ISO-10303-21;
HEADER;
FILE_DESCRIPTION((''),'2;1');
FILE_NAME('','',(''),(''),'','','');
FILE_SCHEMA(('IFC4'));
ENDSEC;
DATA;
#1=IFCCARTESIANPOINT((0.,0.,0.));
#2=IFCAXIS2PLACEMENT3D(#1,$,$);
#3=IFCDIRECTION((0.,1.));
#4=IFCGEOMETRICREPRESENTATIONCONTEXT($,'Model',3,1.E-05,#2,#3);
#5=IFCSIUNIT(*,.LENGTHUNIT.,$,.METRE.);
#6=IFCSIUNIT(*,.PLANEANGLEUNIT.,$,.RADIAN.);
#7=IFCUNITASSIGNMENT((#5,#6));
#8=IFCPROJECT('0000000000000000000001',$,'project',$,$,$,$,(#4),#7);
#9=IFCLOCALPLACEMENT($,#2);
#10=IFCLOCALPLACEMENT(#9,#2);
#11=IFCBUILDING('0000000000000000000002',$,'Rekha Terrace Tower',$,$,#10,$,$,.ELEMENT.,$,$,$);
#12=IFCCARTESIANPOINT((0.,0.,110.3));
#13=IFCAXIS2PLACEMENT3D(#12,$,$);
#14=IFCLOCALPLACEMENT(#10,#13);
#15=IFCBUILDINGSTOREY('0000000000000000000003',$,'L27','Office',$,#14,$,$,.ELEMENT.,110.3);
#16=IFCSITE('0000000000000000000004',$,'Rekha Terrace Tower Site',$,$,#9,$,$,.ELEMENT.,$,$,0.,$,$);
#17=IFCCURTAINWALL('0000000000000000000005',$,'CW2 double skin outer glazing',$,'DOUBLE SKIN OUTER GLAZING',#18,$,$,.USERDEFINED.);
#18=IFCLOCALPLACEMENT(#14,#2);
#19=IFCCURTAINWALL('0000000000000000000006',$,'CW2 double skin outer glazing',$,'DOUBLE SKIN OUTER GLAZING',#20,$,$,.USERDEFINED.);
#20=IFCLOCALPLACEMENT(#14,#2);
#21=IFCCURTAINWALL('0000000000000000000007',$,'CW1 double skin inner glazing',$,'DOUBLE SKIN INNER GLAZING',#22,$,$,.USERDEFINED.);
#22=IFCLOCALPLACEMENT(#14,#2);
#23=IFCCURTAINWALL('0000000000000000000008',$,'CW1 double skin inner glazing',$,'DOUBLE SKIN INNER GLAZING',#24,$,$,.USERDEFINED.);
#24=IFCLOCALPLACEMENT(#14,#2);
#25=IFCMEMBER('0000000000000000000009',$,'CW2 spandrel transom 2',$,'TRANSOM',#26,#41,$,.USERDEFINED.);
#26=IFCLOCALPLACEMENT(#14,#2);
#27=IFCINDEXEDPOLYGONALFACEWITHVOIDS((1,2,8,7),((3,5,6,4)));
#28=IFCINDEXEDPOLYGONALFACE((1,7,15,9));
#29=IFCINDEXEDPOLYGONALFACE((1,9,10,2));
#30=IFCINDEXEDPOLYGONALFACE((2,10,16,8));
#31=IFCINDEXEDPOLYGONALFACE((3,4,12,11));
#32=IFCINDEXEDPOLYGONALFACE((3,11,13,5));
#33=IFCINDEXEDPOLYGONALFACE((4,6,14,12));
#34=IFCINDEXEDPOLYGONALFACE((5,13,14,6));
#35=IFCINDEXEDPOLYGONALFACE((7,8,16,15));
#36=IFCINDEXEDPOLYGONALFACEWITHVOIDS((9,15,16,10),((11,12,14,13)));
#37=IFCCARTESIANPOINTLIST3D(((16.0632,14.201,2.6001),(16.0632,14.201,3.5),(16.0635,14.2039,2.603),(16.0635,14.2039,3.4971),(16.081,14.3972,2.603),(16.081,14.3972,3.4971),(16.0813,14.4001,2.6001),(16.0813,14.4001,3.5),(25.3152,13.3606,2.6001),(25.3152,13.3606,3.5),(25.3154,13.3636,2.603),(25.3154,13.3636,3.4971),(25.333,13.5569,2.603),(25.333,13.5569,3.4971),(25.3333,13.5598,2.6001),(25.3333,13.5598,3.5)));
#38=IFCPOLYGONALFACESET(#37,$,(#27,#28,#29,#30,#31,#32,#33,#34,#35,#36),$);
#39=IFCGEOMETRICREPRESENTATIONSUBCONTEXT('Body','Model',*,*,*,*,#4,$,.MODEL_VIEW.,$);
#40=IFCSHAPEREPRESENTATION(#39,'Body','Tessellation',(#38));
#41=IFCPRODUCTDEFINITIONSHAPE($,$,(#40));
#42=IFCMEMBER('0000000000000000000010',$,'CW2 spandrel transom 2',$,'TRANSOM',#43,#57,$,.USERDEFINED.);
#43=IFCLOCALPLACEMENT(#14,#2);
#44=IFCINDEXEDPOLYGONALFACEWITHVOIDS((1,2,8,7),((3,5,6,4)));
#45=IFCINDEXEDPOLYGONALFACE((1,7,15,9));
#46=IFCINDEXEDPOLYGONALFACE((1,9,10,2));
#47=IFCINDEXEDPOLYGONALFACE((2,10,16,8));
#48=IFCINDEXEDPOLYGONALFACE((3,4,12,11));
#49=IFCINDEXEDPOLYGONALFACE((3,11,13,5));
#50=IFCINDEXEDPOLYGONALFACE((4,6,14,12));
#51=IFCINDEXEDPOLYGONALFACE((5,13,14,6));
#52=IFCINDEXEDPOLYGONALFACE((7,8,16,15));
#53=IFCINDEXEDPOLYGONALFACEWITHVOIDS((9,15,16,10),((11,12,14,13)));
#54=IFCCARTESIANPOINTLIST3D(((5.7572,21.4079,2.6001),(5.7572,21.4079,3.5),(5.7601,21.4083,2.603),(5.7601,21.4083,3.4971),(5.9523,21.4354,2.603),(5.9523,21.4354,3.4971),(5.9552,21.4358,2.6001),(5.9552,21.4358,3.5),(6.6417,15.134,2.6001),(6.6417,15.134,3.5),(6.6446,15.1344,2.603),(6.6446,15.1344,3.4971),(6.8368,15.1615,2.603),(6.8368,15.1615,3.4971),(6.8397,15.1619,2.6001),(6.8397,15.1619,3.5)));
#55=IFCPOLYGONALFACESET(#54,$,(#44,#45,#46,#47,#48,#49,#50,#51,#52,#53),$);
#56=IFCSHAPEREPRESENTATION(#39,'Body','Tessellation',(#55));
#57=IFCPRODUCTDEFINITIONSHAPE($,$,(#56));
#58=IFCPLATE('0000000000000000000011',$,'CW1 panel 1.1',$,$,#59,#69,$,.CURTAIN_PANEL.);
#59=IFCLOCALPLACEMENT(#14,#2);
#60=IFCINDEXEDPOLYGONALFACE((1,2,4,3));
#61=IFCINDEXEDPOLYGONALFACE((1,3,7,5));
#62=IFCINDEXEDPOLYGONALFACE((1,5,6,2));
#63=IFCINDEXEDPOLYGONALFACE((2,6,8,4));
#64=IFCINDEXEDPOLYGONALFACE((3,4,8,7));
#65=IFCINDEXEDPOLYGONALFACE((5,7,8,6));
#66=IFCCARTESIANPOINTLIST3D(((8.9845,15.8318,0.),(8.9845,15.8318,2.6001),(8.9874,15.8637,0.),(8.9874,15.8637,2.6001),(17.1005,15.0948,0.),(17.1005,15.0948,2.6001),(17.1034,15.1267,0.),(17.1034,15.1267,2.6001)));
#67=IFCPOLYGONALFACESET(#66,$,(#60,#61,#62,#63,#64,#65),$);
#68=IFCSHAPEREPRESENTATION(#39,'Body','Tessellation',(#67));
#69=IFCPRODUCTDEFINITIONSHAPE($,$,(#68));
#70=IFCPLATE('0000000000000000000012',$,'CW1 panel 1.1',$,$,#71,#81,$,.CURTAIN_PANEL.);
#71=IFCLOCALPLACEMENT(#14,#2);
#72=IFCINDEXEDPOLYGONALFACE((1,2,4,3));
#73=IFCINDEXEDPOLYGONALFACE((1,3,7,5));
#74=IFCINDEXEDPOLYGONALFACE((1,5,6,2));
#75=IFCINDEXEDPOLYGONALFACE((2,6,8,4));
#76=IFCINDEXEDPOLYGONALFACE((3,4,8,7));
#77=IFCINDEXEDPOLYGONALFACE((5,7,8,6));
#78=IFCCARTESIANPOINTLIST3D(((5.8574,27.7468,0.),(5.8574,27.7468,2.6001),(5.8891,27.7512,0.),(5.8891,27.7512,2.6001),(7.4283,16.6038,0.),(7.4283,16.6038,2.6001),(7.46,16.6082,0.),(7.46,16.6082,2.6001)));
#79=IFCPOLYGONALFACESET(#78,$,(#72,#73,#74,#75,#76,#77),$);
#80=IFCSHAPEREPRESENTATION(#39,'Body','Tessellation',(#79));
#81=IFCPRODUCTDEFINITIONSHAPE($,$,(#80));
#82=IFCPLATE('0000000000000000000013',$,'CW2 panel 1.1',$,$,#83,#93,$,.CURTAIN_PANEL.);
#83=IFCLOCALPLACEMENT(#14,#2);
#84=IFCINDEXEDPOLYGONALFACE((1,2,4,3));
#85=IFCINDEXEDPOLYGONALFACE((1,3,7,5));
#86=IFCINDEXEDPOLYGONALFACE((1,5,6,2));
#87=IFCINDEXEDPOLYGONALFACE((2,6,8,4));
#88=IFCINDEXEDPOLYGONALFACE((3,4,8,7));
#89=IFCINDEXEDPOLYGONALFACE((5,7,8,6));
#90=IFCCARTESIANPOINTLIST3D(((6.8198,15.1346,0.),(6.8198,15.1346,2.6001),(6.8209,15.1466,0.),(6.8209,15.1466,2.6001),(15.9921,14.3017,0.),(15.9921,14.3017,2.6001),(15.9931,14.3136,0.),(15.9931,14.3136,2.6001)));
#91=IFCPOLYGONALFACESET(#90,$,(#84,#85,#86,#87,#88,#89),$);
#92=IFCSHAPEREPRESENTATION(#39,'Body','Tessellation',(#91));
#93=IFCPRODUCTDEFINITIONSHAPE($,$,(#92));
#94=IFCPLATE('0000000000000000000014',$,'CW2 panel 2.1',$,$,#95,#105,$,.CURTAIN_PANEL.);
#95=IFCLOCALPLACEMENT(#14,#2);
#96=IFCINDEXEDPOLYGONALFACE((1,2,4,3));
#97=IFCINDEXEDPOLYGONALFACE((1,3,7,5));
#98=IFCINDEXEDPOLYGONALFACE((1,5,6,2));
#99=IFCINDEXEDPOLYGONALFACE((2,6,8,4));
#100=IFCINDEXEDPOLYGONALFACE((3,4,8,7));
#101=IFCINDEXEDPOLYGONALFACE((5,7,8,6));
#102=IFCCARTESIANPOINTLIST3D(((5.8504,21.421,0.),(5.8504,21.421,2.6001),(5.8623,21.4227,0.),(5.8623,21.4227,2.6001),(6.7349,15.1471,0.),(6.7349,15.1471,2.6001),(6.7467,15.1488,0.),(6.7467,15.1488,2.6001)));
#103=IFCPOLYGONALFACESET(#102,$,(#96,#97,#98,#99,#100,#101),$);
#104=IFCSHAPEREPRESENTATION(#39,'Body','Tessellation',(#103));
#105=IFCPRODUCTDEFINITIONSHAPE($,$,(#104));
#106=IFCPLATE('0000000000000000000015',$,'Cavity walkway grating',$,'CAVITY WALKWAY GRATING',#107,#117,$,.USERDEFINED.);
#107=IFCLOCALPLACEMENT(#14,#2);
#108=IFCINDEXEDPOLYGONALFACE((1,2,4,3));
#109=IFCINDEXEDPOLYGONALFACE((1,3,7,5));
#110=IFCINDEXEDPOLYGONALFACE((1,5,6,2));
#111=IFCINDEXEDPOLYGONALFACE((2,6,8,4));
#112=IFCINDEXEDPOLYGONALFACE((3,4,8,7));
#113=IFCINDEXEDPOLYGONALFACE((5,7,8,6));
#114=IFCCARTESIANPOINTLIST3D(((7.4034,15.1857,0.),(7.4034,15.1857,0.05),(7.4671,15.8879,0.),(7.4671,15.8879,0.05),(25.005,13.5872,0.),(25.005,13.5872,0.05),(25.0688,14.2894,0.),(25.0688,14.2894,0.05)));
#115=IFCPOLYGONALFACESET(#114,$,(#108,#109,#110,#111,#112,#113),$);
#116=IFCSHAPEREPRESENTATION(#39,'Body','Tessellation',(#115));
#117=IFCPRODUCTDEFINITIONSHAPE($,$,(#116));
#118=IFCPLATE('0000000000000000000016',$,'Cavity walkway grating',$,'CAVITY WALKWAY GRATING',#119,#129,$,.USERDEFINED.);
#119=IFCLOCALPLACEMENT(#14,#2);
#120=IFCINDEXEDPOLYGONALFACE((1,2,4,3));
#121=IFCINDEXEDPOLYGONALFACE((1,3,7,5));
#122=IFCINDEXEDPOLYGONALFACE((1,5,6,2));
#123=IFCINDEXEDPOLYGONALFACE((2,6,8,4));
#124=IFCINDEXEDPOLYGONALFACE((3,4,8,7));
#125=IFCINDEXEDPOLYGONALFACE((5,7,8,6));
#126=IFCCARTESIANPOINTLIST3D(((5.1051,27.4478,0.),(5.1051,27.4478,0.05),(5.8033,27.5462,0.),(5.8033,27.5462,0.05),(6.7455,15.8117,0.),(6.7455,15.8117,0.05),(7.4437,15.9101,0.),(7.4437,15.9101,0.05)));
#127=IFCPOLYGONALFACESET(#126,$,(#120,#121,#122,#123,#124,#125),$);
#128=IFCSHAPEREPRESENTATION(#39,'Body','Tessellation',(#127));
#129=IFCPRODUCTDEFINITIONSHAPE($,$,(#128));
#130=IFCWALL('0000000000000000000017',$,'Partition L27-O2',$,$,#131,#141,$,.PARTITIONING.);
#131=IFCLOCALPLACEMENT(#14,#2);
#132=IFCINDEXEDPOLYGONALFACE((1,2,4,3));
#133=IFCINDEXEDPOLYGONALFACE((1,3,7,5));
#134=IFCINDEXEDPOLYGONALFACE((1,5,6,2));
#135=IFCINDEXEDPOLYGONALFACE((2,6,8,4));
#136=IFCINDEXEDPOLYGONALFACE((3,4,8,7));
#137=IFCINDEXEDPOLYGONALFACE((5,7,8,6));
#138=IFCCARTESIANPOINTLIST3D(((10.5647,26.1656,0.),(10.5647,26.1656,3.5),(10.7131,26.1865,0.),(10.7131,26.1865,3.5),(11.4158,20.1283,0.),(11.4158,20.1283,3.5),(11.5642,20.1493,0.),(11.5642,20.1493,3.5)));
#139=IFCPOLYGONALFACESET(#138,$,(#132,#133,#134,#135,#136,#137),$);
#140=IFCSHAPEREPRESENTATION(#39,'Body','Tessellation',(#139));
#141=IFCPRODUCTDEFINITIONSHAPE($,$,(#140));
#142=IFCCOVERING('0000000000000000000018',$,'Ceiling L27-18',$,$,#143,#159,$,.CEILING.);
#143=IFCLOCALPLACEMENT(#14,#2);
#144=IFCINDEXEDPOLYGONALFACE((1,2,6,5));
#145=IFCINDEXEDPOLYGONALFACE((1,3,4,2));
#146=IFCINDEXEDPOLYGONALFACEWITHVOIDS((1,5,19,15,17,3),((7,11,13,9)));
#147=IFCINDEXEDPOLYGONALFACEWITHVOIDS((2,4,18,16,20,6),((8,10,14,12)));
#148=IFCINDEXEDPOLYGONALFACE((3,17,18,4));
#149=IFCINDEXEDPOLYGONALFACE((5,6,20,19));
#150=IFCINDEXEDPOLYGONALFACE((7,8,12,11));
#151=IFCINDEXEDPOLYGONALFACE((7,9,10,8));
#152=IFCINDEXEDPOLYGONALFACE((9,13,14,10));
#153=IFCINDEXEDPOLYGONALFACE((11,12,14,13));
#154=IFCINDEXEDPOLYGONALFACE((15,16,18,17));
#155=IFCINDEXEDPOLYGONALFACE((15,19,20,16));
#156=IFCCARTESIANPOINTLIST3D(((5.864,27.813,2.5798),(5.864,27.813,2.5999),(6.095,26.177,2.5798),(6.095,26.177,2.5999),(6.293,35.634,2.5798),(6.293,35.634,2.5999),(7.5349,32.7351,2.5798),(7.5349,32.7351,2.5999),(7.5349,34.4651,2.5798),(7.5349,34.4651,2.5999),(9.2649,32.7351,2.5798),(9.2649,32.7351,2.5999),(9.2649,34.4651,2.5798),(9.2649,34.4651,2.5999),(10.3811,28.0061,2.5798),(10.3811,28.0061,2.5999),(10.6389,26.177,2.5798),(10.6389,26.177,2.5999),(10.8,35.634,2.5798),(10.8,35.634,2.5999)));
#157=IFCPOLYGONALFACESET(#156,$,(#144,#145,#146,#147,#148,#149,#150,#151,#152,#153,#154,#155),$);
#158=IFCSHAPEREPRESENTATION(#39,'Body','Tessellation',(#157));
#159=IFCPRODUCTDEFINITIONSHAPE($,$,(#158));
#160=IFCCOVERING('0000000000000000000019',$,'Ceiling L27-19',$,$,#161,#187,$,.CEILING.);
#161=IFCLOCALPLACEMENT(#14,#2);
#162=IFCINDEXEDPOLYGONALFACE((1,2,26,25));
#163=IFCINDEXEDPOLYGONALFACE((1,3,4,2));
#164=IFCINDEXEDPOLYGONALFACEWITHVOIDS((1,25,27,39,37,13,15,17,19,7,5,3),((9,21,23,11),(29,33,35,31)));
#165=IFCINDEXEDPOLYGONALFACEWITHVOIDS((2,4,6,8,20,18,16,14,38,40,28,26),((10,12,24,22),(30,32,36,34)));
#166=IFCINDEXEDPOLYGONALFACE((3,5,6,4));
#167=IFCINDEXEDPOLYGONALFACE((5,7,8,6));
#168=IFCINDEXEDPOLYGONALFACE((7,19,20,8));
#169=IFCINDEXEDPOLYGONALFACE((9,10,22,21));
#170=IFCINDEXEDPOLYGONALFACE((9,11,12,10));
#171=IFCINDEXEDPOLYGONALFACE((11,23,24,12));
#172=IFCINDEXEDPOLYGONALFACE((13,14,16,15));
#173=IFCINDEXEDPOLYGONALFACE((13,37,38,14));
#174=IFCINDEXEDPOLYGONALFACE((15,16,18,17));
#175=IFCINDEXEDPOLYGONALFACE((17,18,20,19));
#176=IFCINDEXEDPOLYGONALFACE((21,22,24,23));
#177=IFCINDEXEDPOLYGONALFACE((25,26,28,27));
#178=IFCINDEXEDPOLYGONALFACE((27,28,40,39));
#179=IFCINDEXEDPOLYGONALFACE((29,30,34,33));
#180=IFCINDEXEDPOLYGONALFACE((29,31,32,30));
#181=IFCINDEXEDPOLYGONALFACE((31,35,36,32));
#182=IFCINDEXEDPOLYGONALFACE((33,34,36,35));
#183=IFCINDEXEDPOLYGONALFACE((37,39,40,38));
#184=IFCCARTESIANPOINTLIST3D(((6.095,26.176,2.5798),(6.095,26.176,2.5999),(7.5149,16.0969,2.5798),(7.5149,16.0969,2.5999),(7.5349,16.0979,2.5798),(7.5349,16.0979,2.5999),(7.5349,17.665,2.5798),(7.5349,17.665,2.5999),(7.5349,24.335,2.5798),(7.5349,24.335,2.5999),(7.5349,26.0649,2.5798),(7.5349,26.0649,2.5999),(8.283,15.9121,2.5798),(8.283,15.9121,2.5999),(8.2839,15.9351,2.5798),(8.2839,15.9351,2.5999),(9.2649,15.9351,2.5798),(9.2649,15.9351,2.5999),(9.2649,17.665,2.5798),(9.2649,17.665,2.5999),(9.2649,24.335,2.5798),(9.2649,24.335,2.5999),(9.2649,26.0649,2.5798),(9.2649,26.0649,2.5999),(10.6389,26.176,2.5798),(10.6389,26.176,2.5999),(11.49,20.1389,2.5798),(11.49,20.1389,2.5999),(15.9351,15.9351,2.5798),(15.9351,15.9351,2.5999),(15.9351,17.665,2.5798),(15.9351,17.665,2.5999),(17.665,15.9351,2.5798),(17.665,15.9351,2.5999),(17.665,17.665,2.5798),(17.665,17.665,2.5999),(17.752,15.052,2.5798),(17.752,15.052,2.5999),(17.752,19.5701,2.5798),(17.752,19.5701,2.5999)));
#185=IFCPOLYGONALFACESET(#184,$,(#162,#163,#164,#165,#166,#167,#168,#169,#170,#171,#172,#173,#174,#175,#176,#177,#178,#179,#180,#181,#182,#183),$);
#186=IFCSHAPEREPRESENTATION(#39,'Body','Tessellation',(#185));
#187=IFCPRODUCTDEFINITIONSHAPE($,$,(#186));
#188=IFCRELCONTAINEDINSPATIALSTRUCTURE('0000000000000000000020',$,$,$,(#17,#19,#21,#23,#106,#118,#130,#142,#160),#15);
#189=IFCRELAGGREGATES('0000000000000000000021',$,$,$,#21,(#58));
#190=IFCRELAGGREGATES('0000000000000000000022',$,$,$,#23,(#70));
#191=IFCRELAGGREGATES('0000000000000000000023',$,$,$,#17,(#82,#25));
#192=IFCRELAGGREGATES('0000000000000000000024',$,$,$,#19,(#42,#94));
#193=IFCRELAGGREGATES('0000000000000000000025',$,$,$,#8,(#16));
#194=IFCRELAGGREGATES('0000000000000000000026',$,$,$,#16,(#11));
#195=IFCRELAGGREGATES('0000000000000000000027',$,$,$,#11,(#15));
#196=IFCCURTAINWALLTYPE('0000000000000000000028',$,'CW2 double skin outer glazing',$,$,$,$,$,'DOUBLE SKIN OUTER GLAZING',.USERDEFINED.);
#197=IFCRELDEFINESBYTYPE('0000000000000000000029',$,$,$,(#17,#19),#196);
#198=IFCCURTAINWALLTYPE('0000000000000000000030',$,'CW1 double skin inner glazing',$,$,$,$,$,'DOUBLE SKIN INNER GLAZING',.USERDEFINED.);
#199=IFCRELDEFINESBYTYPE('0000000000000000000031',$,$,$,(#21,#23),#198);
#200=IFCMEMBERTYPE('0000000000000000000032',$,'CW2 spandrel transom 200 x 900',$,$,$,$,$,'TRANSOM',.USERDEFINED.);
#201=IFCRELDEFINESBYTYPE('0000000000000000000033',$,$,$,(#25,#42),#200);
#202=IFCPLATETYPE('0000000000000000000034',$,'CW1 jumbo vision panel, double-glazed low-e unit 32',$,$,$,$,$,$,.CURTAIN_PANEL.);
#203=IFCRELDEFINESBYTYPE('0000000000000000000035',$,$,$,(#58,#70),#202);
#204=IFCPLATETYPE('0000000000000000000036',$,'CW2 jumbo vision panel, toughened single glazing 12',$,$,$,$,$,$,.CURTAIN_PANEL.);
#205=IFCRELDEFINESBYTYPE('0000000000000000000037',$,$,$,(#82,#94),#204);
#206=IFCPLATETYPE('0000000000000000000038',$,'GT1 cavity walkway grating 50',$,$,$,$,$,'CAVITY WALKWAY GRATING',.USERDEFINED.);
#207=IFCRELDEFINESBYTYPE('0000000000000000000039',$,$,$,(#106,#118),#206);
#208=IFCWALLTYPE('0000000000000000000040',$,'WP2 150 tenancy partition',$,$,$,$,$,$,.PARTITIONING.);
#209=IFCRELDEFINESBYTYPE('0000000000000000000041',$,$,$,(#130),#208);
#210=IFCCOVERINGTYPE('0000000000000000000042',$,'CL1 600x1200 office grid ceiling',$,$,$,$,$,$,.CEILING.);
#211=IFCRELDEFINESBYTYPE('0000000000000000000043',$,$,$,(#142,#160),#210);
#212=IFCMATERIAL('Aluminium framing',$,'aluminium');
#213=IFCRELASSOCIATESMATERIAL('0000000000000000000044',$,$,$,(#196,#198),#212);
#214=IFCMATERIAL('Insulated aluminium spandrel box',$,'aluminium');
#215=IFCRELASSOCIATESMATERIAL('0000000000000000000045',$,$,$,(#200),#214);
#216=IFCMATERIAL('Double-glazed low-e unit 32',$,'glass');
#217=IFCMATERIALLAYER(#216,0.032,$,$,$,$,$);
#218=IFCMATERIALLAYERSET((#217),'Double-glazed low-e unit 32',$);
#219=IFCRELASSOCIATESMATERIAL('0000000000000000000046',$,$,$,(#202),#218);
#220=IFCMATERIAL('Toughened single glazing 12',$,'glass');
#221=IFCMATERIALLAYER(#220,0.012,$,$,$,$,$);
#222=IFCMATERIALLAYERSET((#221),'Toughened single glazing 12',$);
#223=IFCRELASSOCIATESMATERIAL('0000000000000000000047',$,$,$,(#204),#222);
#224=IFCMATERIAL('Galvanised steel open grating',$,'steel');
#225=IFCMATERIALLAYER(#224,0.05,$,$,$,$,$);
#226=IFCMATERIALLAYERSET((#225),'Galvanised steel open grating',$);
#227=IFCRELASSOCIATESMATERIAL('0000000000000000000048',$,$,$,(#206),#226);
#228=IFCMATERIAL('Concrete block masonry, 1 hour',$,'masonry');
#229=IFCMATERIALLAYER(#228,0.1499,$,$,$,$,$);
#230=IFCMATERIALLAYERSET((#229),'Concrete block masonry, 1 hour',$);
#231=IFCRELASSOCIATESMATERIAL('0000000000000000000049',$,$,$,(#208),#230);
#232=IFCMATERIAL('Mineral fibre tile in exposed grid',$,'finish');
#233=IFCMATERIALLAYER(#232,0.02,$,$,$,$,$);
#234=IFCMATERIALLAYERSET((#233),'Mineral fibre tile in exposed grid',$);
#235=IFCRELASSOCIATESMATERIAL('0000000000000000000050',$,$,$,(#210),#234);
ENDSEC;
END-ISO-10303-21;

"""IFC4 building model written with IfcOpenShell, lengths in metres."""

from ifc_helpers import new_model, si_unit, direction, frame, frame_2d, origin, origin_2d, place, context, subcontext, project, spatial, polyline, rectangle, hollow_rectangle, outline, extrude, material, layer, layer_set, material_profile, profile_set, type_object, element, aggregate, save


model = new_model("IFC4")

# Units and contexts
model_context = context("Model", 3, precision=1e-05, world=origin(), true_north=direction((0.0, 1.0)))
body_context = subcontext(model_context, "Body", "Model", "MODEL_VIEW")
ifc_project = project(units=[si_unit("LENGTHUNIT", "METRE"), si_unit("PLANEANGLEUNIT", "RADIAN")], contexts=[model_context])

# Site, building, storey
site_placement = place(None, origin())
site = spatial("IfcSite", under=ifc_project, at=site_placement, Name="Rekha Terrace Tower Site", CompositionType="ELEMENT", RefElevation=0.0)
building_placement = place(site_placement, origin())
building = spatial("IfcBuilding", under=site, at=building_placement, Name="Rekha Terrace Tower", CompositionType="ELEMENT")
storey_placement = place(building_placement, frame((0.0, 0.0, 110.3)))
storey = spatial("IfcBuildingStorey", under=building, at=storey_placement, Name="L27", Description="Office", CompositionType="ELEMENT", Elevation=110.3)

# Curtain walls
ifc_material_1 = material(Name="Aluminium framing", Category="aluminium")
curtain_wall_type_1 = type_object("IfcCurtainWallType", Name="CW2 double skin outer glazing", ElementType="DOUBLE SKIN OUTER GLAZING", PredefinedType="USERDEFINED", material=ifc_material_1)
curtain_wall_1_placement = place(storey_placement, origin())
curtain_wall_1 = element("IfcCurtainWall", 1, at=curtain_wall_1_placement, inside=storey, type_object=curtain_wall_type_1, Name="CW2 double skin outer glazing", ObjectType="DOUBLE SKIN OUTER GLAZING", PredefinedType="USERDEFINED")
curtain_wall_2_placement = place(storey_placement, origin())
curtain_wall_2 = element("IfcCurtainWall", 2, at=curtain_wall_2_placement, inside=storey, type_object=curtain_wall_type_1, Name="CW2 double skin outer glazing", ObjectType="DOUBLE SKIN OUTER GLAZING", PredefinedType="USERDEFINED")
curtain_wall_type_2 = type_object("IfcCurtainWallType", Name="CW1 double skin inner glazing", ElementType="DOUBLE SKIN INNER GLAZING", PredefinedType="USERDEFINED", material=ifc_material_1)
curtain_wall_3_placement = place(storey_placement, origin())
curtain_wall_3 = element("IfcCurtainWall", 3, at=curtain_wall_3_placement, inside=storey, type_object=curtain_wall_type_2, Name="CW1 double skin inner glazing", ObjectType="DOUBLE SKIN INNER GLAZING", PredefinedType="USERDEFINED")
curtain_wall_4_placement = place(storey_placement, origin())
curtain_wall_4 = element("IfcCurtainWall", 4, at=curtain_wall_4_placement, inside=storey, type_object=curtain_wall_type_2, Name="CW1 double skin inner glazing", ObjectType="DOUBLE SKIN INNER GLAZING", PredefinedType="USERDEFINED")

# Members
ifc_material_2 = material(Name="Insulated aluminium spandrel box", Category="aluminium")
ifc_material_profile_1 = material_profile(ifc_material_2, hollow_rectangle(XDim=0.2, YDim=0.8999, WallThickness=0.0029, at=origin_2d()), Name="AL SPANDREL BOX 200x900")
ifc_profile_set_1 = profile_set([ifc_material_profile_1], Name="Insulated aluminium spandrel box")
member_type_1 = type_object("IfcMemberType", Name="CW2 spandrel transom 200 x 900", ElementType="TRANSOM", PredefinedType="USERDEFINED", material=ifc_profile_set_1)
member_1_placement = place(storey_placement, frame((16.0723, 14.3005, 3.05), z_axis=(0.995901, -0.090455, 0.0), x_axis=(0.090455, 0.995901, 0.0)))
member_1 = element("IfcMember", 5, at=member_1_placement, type_object=member_type_1, Name="CW2 spandrel transom 2", ObjectType="TRANSOM", PredefinedType="USERDEFINED", context=body_context, shape_type="SweptSolid", body=[
    extrude(hollow_rectangle(XDim=0.2, YDim=0.8999, WallThickness=0.0029, at=origin_2d()), origin(), (0.0, 0.0, 1.0), 9.29),
])
member_2_placement = place(storey_placement, frame((5.8562, 21.4219, 3.05), z_axis=(0.139603, -0.990208, 0.0), x_axis=(0.990208, 0.139603, 0.0)))
member_2 = element("IfcMember", 6, at=member_2_placement, type_object=member_type_1, Name="CW2 spandrel transom 2", ObjectType="TRANSOM", PredefinedType="USERDEFINED", context=body_context, shape_type="SweptSolid", body=[
    extrude(hollow_rectangle(XDim=0.2, YDim=0.8999, WallThickness=0.0029, at=origin_2d()), origin(), (0.0, 0.0, 1.0), 6.3359),
])

# Plates
ifc_material_3 = material(Name="Double-glazed low-e unit 32", Category="glass")
ifc_layer_1 = layer(ifc_material_3, 0.032)
ifc_layer_set_1 = layer_set([ifc_layer_1], Name="Double-glazed low-e unit 32")
plate_type_1 = type_object("IfcPlateType", Name="CW1 jumbo vision panel, double-glazed low-e unit 32", PredefinedType="CURTAIN_PANEL", material=ifc_layer_set_1)
plate_1_placement = place(storey_placement, frame((13.0439, 15.4792, 0.0), z_axis=(0.0, 0.0, 1.0), x_axis=(0.995902, -0.09044, 0.0)))
plate_1 = element("IfcPlate", 7, at=plate_1_placement, type_object=plate_type_1, Name="CW1 panel 1.1", PredefinedType="CURTAIN_PANEL", context=body_context, shape_type="SweptSolid", body=[
    extrude(rectangle(XDim=8.1494, YDim=0.032, at=origin_2d()), origin(), (0.0, 0.0, 1.0), 2.6001),
])
aggregate(curtain_wall_3, [plate_1])
plate_2_placement = place(storey_placement, frame((6.6587, 22.1775, 0.0), z_axis=(0.0, 0.0, 1.0), x_axis=(0.139597, -0.990208, 0.0)))
plate_2 = element("IfcPlate", 8, at=plate_2_placement, type_object=plate_type_1, Name="CW1 panel 1.1", PredefinedType="CURTAIN_PANEL", context=body_context, shape_type="SweptSolid", body=[
    extrude(rectangle(XDim=11.2532, YDim=0.032, at=origin_2d()), origin(), (0.0, 0.0, 1.0), 2.6001),
])
aggregate(curtain_wall_4, [plate_2])
ifc_material_4 = material(Name="Toughened single glazing 12", Category="glass")
ifc_layer_2 = layer(ifc_material_4, 0.012)
ifc_layer_set_2 = layer_set([ifc_layer_2], Name="Toughened single glazing 12")
plate_type_2 = type_object("IfcPlateType", Name="CW2 jumbo vision panel, toughened single glazing 12", PredefinedType="CURTAIN_PANEL", material=ifc_layer_set_2)
plate_3_placement = place(storey_placement, frame((11.4065, 14.7241, 0.0), z_axis=(0.0, 0.0, 1.0), x_axis=(0.995902, -0.09044, 0.0)))
plate_3 = element("IfcPlate", 9, at=plate_3_placement, type_object=plate_type_2, Name="CW2 panel 1.1", PredefinedType="CURTAIN_PANEL", context=body_context, shape_type="SweptSolid", body=[
    extrude(rectangle(XDim=9.21, YDim=0.012, at=origin_2d()), origin(), (0.0, 0.0, 1.0), 2.6001),
])
aggregate(curtain_wall_1, [plate_3, member_1])
plate_4_placement = place(storey_placement, frame((6.2986, 18.2849, 0.0), z_axis=(0.0, 0.0, 1.0), x_axis=(0.139597, -0.990208, 0.0)))
plate_4 = element("IfcPlate", 10, at=plate_4_placement, type_object=plate_type_2, Name="CW2 panel 2.1", PredefinedType="CURTAIN_PANEL", context=body_context, shape_type="SweptSolid", body=[
    extrude(rectangle(XDim=6.3359, YDim=0.012, at=origin_2d()), origin(), (0.0, 0.0, 1.0), 2.6001),
])
aggregate(curtain_wall_2, [member_2, plate_4])

# Plates
ifc_material_5 = material(Name="Galvanised steel open grating", Category="steel")
ifc_layer_3 = layer(ifc_material_5, 0.05)
ifc_layer_set_3 = layer_set([ifc_layer_3], Name="Galvanised steel open grating")
plate_type_3 = type_object("IfcPlateType", Name="GT1 cavity walkway grating 50", ElementType="CAVITY WALKWAY GRATING", PredefinedType="USERDEFINED", material=ifc_layer_set_3)
plate_5_placement = place(storey_placement, frame((16.2361, 14.7375, 0.0), z_axis=(0.0, 0.0, 1.0), x_axis=(0.995902, -0.09044, 0.0)))
element("IfcPlate", 11, at=plate_5_placement, inside=storey, type_object=plate_type_3, Name="Cavity walkway grating", ObjectType="CAVITY WALKWAY GRATING", PredefinedType="USERDEFINED", context=body_context, shape_type="SweptSolid", body=[
    extrude(rectangle(XDim=17.6741, YDim=0.7051, at=origin_2d()), origin(), (0.0, 0.0, 1.0), 0.05),
])
plate_6_placement = place(storey_placement, frame((6.2744, 21.679, 0.0), z_axis=(0.0, 0.0, 1.0), x_axis=(0.139597, -0.990208, 0.0)))
element("IfcPlate", 12, at=plate_6_placement, inside=storey, type_object=plate_type_3, Name="Cavity walkway grating", ObjectType="CAVITY WALKWAY GRATING", PredefinedType="USERDEFINED", context=body_context, shape_type="SweptSolid", body=[
    extrude(rectangle(XDim=11.7512, YDim=0.7051, at=origin_2d()), origin(), (0.0, 0.0, 1.0), 0.05),
])

# Wall
ifc_material_6 = material(Name="Concrete block masonry, 1 hour", Category="masonry")
ifc_layer_4 = layer(ifc_material_6, 0.1499)
ifc_layer_set_4 = layer_set([ifc_layer_4], Name="Concrete block masonry, 1 hour")
wall_type = type_object("IfcWallType", Name="WP2 150 tenancy partition", PredefinedType="PARTITIONING", material=ifc_layer_set_4)
wall_placement = place(storey_placement, frame((11.49, 20.1389, 0.0), z_axis=(0.0, 0.0, 1.0), x_axis=(-0.139594, 0.990209, 0.0)))
element("IfcWall", 13, at=wall_placement, inside=storey, type_object=wall_type, Name="Partition L27-O2", PredefinedType="PARTITIONING", context=body_context, shape_type="SweptSolid", body=[
    extrude(rectangle(XDim=6.0969, YDim=0.1499, at=frame_2d((3.0483, 0.0))), origin(), (0.0, 0.0, 1.0), 3.5),
])

# Coverings
ifc_material_7 = material(Name="Mineral fibre tile in exposed grid", Category="finish")
ifc_layer_5 = layer(ifc_material_7, 0.02)
ifc_layer_set_5 = layer_set([ifc_layer_5], Name="Mineral fibre tile in exposed grid")
covering_type_1 = type_object("IfcCoveringType", Name="CL1 600x1200 office grid ceiling", PredefinedType="CEILING", material=ifc_layer_set_5)
covering_1_placement = place(storey_placement, frame((0.0, 0.0, 2.5798)))
element("IfcCovering", 14, at=covering_1_placement, inside=storey, type_object=covering_type_1, Name="Ceiling L27-18", PredefinedType="CEILING", context=body_context, shape_type="SweptSolid", body=[
    extrude(outline(polyline([(10.3811, 28.0061), (10.8, 35.634), (6.293, 35.634), (5.864, 27.813), (6.095, 26.177), (10.6389, 26.177), (10.3811, 28.0061)]), holes=[polyline([(9.2649, 32.7351), (7.5349, 32.7351), (7.5349, 34.4651), (9.2649, 34.4651), (9.2649, 32.7351)])]), origin(), (0.0, 0.0, 1.0), 0.02),
])
covering_2_placement = place(storey_placement, frame((0.0, 0.0, 2.5798)))
element("IfcCovering", 15, at=covering_2_placement, inside=storey, type_object=covering_type_1, Name="Ceiling L27-19", PredefinedType="CEILING", context=body_context, shape_type="SweptSolid", body=[
    extrude(outline(polyline([(7.5149, 16.0969), (7.5349, 16.0979), (7.5349, 17.665), (9.2649, 17.665), (9.2649, 15.9351), (8.2839, 15.9351), (8.283, 15.9121), (17.752, 15.052), (17.752, 19.5701), (11.49, 20.1389), (10.6389, 26.176), (6.095, 26.176), (7.5149, 16.0969)]), holes=[polyline([(17.665, 15.9351), (15.9351, 15.9351), (15.9351, 17.665), (17.665, 17.665), (17.665, 15.9351)]), polyline([(9.2649, 24.335), (7.5349, 24.335), (7.5349, 26.0649), (9.2649, 26.0649), (9.2649, 24.335)])]), origin(), (0.0, 0.0, 1.0), 0.02),
])

save(model, "model.ifc")
